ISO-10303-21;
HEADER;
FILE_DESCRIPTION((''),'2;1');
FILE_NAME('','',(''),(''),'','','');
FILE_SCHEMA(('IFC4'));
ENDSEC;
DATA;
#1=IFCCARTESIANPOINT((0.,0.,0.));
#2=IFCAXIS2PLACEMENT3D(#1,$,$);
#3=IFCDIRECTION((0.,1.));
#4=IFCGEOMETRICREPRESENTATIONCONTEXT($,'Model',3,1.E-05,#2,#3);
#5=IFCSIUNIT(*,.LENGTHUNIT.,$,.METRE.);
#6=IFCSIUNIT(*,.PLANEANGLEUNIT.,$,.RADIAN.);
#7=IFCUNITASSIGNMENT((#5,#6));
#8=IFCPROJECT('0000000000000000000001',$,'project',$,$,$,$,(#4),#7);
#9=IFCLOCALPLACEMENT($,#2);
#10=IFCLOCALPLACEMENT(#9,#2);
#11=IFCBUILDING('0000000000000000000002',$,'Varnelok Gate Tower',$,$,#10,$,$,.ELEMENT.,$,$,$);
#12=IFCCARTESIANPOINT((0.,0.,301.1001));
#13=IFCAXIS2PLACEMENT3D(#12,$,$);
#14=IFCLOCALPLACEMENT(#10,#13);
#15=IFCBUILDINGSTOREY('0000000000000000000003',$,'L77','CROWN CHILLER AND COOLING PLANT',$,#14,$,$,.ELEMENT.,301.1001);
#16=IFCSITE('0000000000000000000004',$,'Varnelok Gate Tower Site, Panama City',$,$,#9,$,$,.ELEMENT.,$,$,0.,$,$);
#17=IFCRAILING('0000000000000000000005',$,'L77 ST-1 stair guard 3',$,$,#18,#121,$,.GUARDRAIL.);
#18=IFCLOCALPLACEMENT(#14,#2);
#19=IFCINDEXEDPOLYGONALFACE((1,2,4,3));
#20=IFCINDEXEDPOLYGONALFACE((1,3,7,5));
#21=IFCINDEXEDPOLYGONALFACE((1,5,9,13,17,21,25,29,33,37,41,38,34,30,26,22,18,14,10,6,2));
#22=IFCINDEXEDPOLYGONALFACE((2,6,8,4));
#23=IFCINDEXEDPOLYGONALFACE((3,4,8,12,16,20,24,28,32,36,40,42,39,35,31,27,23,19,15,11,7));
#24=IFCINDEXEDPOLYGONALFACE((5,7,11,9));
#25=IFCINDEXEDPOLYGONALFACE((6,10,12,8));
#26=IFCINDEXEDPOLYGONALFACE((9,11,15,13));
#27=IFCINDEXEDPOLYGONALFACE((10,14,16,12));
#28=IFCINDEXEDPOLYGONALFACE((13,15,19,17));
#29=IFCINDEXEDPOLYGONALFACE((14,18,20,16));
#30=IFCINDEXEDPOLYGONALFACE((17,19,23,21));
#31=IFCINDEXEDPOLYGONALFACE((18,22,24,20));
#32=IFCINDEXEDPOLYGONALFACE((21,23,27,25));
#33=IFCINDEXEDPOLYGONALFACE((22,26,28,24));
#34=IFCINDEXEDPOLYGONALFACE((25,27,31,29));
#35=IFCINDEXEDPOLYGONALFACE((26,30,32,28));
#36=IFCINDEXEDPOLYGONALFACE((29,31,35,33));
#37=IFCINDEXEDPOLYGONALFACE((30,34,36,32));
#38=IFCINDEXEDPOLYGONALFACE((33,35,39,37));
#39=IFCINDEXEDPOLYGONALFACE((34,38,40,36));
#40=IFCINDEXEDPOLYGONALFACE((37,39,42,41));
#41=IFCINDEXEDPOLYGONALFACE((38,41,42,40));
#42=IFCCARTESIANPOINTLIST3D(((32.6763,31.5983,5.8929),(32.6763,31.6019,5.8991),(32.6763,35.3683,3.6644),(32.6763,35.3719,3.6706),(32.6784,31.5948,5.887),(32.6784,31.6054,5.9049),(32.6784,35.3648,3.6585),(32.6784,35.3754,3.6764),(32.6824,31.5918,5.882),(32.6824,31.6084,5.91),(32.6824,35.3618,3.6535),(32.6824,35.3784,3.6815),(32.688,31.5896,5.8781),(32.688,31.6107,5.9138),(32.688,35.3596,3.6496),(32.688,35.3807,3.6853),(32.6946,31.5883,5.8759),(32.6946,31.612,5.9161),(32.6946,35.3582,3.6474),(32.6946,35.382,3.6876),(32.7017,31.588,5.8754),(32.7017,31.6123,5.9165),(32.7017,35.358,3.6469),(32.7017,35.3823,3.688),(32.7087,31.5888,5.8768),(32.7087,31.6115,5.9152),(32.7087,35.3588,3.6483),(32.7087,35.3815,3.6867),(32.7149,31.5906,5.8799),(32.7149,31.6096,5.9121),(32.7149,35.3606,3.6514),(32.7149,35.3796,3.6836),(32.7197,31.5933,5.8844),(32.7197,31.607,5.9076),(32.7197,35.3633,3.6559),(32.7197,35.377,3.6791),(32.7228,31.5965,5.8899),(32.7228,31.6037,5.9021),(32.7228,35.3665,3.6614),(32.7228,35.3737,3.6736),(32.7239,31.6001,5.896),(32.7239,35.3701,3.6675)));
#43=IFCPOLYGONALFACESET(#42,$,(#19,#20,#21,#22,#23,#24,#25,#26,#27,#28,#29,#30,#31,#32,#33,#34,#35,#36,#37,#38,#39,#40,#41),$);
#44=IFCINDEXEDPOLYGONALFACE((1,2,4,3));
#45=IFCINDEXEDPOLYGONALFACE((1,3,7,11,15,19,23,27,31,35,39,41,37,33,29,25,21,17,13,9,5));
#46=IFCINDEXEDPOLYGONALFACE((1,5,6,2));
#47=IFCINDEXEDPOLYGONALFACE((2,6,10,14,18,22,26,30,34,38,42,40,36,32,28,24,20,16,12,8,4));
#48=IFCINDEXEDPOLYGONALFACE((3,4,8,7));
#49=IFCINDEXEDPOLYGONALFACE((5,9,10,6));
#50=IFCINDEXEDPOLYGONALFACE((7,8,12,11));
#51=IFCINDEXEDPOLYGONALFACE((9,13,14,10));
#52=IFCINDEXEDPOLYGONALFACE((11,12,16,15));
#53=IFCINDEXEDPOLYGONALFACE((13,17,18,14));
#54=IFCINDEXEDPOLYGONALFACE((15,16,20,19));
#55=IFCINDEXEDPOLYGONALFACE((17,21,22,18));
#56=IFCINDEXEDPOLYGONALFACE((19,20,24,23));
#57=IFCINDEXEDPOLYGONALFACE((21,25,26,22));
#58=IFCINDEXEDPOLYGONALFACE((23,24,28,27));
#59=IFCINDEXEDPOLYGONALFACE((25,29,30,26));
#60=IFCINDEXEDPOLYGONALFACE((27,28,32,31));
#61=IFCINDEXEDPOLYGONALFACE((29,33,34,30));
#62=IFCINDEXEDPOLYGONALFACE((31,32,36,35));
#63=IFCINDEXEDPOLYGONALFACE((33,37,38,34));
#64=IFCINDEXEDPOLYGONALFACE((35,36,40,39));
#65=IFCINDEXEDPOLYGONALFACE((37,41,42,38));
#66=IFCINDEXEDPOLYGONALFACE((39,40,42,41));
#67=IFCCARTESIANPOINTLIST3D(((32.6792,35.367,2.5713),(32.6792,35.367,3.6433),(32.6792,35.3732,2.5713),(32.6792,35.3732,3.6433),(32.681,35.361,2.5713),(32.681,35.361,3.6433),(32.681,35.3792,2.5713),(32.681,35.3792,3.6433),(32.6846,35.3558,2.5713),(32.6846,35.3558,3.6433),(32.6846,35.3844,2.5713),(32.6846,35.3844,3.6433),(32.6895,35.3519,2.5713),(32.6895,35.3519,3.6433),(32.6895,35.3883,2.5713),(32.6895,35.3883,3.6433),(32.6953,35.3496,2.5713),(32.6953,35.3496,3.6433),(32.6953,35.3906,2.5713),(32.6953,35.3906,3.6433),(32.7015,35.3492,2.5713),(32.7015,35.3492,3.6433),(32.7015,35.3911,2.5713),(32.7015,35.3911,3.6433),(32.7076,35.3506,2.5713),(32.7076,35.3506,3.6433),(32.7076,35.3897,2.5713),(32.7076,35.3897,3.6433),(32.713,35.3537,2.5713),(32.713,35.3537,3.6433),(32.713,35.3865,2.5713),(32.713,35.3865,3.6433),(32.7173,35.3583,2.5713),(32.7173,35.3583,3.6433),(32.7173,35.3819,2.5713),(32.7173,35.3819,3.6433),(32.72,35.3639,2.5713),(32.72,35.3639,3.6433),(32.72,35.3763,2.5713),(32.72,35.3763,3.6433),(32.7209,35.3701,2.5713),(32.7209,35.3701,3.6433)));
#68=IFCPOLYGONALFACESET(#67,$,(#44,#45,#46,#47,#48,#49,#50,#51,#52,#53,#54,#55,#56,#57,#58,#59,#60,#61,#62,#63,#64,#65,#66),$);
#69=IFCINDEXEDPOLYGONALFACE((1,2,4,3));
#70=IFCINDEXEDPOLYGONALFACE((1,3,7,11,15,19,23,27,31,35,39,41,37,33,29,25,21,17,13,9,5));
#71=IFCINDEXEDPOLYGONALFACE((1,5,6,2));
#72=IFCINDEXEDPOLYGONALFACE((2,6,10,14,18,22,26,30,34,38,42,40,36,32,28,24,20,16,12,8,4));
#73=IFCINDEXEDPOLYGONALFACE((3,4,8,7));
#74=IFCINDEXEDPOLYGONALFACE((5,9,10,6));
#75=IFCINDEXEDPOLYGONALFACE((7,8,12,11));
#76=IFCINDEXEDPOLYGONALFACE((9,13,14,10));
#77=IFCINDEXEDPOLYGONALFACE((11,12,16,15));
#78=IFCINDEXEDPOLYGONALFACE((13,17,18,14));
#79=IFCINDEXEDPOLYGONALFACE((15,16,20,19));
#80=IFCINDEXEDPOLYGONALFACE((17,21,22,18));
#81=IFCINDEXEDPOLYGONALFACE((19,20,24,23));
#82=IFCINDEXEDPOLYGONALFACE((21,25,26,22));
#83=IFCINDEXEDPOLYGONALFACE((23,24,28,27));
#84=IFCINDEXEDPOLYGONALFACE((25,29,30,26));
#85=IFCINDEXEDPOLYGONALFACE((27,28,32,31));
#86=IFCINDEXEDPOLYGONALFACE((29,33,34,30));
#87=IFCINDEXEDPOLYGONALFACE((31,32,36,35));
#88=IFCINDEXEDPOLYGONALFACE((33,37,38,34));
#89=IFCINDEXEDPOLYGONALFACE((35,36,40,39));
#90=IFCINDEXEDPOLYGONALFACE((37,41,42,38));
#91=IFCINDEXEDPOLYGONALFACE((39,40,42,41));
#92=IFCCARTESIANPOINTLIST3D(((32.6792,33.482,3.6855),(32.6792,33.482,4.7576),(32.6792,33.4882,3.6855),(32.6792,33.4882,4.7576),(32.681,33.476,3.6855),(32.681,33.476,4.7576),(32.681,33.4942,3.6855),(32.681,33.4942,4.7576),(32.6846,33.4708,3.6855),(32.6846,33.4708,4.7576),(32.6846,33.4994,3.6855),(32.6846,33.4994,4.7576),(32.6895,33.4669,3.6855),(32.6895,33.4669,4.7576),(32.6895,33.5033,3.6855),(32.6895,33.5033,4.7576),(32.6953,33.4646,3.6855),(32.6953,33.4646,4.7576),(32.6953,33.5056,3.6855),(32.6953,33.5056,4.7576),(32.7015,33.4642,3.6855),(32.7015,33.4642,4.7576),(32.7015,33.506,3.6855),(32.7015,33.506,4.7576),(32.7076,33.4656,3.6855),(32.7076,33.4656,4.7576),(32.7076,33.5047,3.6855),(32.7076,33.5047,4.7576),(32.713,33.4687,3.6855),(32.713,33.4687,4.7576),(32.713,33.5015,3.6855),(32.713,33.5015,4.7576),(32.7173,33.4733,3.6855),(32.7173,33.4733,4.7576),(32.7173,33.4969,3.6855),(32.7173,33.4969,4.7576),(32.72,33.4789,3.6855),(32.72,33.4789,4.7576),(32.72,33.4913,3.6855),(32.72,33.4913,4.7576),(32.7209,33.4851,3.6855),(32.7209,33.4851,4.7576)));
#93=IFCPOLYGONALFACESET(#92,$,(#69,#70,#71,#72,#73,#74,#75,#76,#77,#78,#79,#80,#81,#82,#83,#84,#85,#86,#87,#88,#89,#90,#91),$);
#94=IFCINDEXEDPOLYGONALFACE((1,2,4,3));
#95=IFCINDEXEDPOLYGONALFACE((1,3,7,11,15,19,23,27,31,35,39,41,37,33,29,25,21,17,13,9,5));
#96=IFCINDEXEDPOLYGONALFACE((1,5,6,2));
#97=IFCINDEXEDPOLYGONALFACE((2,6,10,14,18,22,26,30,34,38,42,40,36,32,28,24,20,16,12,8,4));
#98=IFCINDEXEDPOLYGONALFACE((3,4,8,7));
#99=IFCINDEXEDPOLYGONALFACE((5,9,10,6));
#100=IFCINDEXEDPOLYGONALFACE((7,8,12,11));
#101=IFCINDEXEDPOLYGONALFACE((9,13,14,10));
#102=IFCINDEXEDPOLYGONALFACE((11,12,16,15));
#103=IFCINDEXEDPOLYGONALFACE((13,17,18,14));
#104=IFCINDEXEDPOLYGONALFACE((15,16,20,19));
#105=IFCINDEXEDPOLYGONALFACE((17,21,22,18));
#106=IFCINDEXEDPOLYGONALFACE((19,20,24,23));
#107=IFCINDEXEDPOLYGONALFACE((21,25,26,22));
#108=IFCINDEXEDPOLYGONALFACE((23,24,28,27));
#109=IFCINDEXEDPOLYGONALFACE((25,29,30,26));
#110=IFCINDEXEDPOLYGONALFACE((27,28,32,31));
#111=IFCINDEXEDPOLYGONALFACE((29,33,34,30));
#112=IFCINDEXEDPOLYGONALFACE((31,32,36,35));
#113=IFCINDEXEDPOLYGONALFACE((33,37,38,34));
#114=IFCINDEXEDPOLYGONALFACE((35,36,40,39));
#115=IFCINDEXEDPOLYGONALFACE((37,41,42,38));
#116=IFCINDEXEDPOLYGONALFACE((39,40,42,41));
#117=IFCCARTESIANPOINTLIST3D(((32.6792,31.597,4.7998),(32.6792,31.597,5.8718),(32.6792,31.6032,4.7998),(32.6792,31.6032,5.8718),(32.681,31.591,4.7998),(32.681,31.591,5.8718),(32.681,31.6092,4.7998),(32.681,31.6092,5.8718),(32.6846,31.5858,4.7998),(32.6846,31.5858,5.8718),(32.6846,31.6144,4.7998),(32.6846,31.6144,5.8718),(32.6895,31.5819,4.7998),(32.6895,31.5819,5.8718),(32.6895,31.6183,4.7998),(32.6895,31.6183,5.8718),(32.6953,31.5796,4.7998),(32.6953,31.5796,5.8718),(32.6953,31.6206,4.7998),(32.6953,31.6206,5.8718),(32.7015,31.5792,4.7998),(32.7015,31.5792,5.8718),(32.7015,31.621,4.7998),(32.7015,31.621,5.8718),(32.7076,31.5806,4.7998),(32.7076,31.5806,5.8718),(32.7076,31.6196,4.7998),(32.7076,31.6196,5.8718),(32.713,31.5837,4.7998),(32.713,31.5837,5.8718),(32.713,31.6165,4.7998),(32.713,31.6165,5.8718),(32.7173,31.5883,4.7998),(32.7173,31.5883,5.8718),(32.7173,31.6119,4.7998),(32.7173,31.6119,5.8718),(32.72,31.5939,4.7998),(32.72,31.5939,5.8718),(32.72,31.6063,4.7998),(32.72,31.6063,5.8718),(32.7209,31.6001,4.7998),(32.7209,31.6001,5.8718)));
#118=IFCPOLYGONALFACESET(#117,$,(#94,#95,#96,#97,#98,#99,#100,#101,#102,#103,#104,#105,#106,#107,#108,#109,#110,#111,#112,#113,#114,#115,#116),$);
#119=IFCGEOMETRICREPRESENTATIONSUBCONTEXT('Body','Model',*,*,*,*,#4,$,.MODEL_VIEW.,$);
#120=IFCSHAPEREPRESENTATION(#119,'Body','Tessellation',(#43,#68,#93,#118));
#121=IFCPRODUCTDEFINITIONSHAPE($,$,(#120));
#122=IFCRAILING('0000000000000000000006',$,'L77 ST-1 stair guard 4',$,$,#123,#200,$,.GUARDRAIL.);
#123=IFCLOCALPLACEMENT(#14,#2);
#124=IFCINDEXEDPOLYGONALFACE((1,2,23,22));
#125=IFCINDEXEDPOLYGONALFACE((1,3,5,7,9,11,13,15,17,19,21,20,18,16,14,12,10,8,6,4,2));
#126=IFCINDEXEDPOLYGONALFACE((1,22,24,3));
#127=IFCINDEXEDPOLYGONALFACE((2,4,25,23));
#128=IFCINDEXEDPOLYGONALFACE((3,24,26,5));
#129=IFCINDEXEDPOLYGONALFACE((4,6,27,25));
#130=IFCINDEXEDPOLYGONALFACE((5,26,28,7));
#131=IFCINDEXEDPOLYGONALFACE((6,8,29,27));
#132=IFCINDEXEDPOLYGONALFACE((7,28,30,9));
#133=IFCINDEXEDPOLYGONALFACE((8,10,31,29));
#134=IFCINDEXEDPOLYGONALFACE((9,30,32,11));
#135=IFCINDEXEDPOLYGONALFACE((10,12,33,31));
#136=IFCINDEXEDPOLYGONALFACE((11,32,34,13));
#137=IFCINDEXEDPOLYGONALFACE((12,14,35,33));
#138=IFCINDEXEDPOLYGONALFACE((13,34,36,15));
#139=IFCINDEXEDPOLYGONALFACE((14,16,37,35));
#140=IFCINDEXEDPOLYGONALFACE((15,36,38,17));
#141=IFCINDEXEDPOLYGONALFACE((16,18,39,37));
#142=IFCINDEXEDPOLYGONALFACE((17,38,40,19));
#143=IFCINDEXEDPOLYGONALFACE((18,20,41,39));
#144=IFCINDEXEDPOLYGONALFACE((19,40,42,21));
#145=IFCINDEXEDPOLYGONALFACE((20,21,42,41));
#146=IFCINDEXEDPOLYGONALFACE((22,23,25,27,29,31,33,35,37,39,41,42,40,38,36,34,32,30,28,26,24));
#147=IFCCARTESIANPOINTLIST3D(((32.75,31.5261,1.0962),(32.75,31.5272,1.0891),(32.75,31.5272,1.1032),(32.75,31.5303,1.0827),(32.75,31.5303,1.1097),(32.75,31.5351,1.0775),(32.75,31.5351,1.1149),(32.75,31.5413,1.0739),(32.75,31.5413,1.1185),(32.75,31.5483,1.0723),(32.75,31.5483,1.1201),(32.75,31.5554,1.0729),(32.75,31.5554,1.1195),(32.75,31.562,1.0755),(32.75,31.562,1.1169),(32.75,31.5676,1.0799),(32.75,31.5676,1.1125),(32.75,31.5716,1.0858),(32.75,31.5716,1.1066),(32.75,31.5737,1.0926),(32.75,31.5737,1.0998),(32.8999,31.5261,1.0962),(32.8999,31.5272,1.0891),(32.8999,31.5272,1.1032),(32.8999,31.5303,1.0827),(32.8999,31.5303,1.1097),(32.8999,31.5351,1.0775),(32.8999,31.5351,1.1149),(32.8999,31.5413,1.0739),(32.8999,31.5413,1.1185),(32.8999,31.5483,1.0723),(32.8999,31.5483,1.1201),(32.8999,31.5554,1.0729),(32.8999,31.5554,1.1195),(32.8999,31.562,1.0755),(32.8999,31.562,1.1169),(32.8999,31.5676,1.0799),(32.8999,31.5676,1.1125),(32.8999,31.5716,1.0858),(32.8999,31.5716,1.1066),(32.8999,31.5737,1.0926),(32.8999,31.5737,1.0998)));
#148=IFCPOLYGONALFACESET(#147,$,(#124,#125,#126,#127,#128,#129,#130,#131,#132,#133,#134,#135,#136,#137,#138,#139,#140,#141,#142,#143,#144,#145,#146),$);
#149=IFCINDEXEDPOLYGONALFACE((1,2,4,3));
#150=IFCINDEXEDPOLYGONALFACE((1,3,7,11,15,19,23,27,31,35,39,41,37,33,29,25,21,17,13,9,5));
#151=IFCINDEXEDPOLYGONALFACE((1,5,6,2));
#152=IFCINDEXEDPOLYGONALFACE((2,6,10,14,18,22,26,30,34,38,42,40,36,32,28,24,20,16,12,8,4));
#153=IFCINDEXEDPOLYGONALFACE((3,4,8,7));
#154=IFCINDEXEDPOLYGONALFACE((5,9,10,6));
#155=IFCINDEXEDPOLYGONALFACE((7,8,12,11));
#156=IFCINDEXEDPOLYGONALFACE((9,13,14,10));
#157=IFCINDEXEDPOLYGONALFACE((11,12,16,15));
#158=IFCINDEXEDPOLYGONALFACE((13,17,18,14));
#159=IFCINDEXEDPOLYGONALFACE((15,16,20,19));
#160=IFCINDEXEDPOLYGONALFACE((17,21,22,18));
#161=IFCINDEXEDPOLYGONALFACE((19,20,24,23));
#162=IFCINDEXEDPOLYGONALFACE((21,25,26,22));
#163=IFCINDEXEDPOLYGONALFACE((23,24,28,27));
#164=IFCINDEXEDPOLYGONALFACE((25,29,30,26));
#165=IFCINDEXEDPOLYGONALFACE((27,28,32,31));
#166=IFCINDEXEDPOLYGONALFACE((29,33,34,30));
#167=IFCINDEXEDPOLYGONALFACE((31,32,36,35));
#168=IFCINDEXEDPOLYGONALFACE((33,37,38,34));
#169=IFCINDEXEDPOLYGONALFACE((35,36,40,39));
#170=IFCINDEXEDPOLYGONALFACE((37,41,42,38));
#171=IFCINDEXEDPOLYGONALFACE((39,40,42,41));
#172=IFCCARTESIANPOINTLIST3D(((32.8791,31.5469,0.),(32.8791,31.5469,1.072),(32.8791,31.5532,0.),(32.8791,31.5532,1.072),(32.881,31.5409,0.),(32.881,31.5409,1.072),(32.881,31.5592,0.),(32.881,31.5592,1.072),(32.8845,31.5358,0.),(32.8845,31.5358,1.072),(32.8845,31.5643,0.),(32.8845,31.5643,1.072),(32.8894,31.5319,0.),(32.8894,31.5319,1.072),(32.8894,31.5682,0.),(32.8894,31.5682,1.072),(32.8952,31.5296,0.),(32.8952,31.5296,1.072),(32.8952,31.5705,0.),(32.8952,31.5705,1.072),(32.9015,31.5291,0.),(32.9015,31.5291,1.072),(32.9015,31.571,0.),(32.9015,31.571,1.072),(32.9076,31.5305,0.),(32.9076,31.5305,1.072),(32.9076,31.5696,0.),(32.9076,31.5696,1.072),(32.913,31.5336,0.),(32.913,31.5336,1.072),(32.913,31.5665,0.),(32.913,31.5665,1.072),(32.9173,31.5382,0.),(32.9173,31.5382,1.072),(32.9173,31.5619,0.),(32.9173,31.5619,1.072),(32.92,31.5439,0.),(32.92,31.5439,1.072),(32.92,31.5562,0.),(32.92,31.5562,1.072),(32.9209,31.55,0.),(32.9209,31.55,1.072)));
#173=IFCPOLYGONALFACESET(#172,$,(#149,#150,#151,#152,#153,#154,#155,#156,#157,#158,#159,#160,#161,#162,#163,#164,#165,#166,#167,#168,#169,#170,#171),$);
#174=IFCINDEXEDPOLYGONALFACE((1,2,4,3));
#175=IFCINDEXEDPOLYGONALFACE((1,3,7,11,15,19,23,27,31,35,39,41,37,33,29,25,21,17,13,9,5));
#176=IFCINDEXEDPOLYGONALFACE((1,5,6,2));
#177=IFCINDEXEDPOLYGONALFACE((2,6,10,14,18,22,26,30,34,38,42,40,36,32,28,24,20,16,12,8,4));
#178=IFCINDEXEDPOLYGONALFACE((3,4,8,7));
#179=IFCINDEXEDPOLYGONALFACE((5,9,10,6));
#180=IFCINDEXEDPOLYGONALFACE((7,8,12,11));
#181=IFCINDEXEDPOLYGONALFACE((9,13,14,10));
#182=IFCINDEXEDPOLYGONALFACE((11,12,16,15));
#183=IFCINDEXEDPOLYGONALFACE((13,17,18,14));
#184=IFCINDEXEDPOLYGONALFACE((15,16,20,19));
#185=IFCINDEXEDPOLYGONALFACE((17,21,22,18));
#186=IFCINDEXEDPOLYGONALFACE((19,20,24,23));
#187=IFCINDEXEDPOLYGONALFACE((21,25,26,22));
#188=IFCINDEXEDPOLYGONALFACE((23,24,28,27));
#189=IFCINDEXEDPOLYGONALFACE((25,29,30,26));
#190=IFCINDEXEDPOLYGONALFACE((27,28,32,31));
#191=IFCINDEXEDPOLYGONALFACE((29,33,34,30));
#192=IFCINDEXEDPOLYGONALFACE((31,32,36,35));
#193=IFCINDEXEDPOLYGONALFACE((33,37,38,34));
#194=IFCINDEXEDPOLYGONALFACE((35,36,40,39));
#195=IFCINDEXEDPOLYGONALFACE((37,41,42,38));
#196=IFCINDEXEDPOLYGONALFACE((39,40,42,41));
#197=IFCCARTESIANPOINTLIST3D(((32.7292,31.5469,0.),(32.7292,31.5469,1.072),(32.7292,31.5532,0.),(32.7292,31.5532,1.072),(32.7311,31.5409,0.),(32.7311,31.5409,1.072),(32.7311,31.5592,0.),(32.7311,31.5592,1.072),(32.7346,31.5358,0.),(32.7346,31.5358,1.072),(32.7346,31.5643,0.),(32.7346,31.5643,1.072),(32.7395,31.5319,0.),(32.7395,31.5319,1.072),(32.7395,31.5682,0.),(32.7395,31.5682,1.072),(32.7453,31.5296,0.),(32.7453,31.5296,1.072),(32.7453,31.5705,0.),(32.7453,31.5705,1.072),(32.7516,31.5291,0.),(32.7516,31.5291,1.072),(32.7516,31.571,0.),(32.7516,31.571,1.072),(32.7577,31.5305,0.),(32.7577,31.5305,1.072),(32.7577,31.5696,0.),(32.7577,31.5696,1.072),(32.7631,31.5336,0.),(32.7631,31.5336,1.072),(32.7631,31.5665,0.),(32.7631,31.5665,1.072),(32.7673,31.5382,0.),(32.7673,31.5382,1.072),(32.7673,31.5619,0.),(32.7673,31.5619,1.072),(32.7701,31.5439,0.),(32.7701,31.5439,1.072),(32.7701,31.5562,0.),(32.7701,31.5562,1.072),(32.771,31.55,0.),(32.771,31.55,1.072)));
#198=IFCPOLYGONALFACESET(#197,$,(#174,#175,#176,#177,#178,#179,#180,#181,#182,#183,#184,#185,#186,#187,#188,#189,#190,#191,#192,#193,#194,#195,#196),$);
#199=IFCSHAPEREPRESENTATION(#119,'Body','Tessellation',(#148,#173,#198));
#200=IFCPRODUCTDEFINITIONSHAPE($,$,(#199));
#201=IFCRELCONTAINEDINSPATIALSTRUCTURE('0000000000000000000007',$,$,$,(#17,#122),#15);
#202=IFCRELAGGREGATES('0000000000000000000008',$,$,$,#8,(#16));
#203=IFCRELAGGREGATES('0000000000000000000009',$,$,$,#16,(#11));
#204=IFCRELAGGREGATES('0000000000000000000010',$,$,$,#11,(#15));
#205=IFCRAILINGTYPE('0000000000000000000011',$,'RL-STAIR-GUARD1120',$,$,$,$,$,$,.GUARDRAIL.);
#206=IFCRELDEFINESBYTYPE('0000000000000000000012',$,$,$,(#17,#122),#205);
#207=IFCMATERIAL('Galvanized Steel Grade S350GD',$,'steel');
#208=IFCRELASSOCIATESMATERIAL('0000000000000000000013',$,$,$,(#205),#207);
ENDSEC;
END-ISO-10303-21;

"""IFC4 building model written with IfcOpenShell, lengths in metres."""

from ifc_helpers import new_model, si_unit, direction, frame, origin, origin_2d, place, context, subcontext, project, spatial, circle, extrude, material, type_object, element, save


model = new_model("IFC4")

# Units and contexts
model_context = context("Model", 3, precision=1e-05, world=origin(), true_north=direction((0.0, 1.0)))
body_context = subcontext(model_context, "Body", "Model", "MODEL_VIEW")
ifc_project = project(units=[si_unit("LENGTHUNIT", "METRE"), si_unit("PLANEANGLEUNIT", "RADIAN")], contexts=[model_context])

# Site, building, storey
site_placement = place(None, origin())
site = spatial("IfcSite", under=ifc_project, at=site_placement, Name="Varnelok Gate Tower Site, Panama City", CompositionType="ELEMENT", RefElevation=0.0)
building_placement = place(site_placement, origin())
building = spatial("IfcBuilding", under=site, at=building_placement, Name="Varnelok Gate Tower", CompositionType="ELEMENT")
storey_placement = place(building_placement, frame((0.0, 0.0, 301.1001)))
storey = spatial("IfcBuildingStorey", under=building, at=storey_placement, Name="L77", Description="CROWN CHILLER AND COOLING PLANT", CompositionType="ELEMENT", Elevation=301.1001)

# Shared definitions
ifc_material_1 = material(Name="Galvanized Steel Grade S350GD", Category="steel")

# Railings
railing_type_1 = type_object("IfcRailingType", Name="RL-STAIR-GUARD1120", PredefinedType="GUARDRAIL", material=ifc_material_1)
railing_1_placement = place(storey_placement, frame((32.7, 35.3701, 2.5713)))
element("IfcRailing", 1, at=railing_1_placement, inside=storey, type_object=railing_type_1, Name="L77 ST-1 stair guard 3", PredefinedType="GUARDRAIL", context=body_context, shape_type="SweptSolid", body=[
    extrude(circle(Radius=0.0239, at=origin_2d()), frame((0.0, 0.0, 1.0962), z_axis=(0.0, -0.860849, 0.508861), x_axis=(1.0, 0.0, 0.0)), (0.0, 0.0, 1.0), 4.3794),
    extrude(circle(Radius=0.021, at=origin_2d()), origin(), (0.0, 0.0, 1.0), 1.072),
    extrude(circle(Radius=0.021, at=origin_2d()), frame((0.0, -1.885, 1.1143)), (0.0, 0.0, 1.0), 1.072),
    extrude(circle(Radius=0.021, at=origin_2d()), frame((0.0, -3.77, 2.2285)), (0.0, 0.0, 1.0), 1.072),
])
railing_2_placement = place(storey_placement, frame((32.8999, 31.55, 0.0)))
element("IfcRailing", 2, at=railing_2_placement, inside=storey, type_object=railing_type_1, Name="L77 ST-1 stair guard 4", PredefinedType="GUARDRAIL", context=body_context, shape_type="SweptSolid", body=[
    extrude(circle(Radius=0.0239, at=origin_2d()), frame((0.0, 0.0, 1.0962), z_axis=(-1.0, 0.0, 0.0), x_axis=(0.0, -1.0, 0.0)), (0.0, 0.0, 1.0), 0.1499),
    extrude(circle(Radius=0.021, at=origin_2d()), origin(), (0.0, 0.0, 1.0), 1.072),
    extrude(circle(Radius=0.021, at=origin_2d()), frame((-0.1499, 0.0, 0.0)), (0.0, 0.0, 1.0), 1.072),
])

save(model, "model.ifc")
